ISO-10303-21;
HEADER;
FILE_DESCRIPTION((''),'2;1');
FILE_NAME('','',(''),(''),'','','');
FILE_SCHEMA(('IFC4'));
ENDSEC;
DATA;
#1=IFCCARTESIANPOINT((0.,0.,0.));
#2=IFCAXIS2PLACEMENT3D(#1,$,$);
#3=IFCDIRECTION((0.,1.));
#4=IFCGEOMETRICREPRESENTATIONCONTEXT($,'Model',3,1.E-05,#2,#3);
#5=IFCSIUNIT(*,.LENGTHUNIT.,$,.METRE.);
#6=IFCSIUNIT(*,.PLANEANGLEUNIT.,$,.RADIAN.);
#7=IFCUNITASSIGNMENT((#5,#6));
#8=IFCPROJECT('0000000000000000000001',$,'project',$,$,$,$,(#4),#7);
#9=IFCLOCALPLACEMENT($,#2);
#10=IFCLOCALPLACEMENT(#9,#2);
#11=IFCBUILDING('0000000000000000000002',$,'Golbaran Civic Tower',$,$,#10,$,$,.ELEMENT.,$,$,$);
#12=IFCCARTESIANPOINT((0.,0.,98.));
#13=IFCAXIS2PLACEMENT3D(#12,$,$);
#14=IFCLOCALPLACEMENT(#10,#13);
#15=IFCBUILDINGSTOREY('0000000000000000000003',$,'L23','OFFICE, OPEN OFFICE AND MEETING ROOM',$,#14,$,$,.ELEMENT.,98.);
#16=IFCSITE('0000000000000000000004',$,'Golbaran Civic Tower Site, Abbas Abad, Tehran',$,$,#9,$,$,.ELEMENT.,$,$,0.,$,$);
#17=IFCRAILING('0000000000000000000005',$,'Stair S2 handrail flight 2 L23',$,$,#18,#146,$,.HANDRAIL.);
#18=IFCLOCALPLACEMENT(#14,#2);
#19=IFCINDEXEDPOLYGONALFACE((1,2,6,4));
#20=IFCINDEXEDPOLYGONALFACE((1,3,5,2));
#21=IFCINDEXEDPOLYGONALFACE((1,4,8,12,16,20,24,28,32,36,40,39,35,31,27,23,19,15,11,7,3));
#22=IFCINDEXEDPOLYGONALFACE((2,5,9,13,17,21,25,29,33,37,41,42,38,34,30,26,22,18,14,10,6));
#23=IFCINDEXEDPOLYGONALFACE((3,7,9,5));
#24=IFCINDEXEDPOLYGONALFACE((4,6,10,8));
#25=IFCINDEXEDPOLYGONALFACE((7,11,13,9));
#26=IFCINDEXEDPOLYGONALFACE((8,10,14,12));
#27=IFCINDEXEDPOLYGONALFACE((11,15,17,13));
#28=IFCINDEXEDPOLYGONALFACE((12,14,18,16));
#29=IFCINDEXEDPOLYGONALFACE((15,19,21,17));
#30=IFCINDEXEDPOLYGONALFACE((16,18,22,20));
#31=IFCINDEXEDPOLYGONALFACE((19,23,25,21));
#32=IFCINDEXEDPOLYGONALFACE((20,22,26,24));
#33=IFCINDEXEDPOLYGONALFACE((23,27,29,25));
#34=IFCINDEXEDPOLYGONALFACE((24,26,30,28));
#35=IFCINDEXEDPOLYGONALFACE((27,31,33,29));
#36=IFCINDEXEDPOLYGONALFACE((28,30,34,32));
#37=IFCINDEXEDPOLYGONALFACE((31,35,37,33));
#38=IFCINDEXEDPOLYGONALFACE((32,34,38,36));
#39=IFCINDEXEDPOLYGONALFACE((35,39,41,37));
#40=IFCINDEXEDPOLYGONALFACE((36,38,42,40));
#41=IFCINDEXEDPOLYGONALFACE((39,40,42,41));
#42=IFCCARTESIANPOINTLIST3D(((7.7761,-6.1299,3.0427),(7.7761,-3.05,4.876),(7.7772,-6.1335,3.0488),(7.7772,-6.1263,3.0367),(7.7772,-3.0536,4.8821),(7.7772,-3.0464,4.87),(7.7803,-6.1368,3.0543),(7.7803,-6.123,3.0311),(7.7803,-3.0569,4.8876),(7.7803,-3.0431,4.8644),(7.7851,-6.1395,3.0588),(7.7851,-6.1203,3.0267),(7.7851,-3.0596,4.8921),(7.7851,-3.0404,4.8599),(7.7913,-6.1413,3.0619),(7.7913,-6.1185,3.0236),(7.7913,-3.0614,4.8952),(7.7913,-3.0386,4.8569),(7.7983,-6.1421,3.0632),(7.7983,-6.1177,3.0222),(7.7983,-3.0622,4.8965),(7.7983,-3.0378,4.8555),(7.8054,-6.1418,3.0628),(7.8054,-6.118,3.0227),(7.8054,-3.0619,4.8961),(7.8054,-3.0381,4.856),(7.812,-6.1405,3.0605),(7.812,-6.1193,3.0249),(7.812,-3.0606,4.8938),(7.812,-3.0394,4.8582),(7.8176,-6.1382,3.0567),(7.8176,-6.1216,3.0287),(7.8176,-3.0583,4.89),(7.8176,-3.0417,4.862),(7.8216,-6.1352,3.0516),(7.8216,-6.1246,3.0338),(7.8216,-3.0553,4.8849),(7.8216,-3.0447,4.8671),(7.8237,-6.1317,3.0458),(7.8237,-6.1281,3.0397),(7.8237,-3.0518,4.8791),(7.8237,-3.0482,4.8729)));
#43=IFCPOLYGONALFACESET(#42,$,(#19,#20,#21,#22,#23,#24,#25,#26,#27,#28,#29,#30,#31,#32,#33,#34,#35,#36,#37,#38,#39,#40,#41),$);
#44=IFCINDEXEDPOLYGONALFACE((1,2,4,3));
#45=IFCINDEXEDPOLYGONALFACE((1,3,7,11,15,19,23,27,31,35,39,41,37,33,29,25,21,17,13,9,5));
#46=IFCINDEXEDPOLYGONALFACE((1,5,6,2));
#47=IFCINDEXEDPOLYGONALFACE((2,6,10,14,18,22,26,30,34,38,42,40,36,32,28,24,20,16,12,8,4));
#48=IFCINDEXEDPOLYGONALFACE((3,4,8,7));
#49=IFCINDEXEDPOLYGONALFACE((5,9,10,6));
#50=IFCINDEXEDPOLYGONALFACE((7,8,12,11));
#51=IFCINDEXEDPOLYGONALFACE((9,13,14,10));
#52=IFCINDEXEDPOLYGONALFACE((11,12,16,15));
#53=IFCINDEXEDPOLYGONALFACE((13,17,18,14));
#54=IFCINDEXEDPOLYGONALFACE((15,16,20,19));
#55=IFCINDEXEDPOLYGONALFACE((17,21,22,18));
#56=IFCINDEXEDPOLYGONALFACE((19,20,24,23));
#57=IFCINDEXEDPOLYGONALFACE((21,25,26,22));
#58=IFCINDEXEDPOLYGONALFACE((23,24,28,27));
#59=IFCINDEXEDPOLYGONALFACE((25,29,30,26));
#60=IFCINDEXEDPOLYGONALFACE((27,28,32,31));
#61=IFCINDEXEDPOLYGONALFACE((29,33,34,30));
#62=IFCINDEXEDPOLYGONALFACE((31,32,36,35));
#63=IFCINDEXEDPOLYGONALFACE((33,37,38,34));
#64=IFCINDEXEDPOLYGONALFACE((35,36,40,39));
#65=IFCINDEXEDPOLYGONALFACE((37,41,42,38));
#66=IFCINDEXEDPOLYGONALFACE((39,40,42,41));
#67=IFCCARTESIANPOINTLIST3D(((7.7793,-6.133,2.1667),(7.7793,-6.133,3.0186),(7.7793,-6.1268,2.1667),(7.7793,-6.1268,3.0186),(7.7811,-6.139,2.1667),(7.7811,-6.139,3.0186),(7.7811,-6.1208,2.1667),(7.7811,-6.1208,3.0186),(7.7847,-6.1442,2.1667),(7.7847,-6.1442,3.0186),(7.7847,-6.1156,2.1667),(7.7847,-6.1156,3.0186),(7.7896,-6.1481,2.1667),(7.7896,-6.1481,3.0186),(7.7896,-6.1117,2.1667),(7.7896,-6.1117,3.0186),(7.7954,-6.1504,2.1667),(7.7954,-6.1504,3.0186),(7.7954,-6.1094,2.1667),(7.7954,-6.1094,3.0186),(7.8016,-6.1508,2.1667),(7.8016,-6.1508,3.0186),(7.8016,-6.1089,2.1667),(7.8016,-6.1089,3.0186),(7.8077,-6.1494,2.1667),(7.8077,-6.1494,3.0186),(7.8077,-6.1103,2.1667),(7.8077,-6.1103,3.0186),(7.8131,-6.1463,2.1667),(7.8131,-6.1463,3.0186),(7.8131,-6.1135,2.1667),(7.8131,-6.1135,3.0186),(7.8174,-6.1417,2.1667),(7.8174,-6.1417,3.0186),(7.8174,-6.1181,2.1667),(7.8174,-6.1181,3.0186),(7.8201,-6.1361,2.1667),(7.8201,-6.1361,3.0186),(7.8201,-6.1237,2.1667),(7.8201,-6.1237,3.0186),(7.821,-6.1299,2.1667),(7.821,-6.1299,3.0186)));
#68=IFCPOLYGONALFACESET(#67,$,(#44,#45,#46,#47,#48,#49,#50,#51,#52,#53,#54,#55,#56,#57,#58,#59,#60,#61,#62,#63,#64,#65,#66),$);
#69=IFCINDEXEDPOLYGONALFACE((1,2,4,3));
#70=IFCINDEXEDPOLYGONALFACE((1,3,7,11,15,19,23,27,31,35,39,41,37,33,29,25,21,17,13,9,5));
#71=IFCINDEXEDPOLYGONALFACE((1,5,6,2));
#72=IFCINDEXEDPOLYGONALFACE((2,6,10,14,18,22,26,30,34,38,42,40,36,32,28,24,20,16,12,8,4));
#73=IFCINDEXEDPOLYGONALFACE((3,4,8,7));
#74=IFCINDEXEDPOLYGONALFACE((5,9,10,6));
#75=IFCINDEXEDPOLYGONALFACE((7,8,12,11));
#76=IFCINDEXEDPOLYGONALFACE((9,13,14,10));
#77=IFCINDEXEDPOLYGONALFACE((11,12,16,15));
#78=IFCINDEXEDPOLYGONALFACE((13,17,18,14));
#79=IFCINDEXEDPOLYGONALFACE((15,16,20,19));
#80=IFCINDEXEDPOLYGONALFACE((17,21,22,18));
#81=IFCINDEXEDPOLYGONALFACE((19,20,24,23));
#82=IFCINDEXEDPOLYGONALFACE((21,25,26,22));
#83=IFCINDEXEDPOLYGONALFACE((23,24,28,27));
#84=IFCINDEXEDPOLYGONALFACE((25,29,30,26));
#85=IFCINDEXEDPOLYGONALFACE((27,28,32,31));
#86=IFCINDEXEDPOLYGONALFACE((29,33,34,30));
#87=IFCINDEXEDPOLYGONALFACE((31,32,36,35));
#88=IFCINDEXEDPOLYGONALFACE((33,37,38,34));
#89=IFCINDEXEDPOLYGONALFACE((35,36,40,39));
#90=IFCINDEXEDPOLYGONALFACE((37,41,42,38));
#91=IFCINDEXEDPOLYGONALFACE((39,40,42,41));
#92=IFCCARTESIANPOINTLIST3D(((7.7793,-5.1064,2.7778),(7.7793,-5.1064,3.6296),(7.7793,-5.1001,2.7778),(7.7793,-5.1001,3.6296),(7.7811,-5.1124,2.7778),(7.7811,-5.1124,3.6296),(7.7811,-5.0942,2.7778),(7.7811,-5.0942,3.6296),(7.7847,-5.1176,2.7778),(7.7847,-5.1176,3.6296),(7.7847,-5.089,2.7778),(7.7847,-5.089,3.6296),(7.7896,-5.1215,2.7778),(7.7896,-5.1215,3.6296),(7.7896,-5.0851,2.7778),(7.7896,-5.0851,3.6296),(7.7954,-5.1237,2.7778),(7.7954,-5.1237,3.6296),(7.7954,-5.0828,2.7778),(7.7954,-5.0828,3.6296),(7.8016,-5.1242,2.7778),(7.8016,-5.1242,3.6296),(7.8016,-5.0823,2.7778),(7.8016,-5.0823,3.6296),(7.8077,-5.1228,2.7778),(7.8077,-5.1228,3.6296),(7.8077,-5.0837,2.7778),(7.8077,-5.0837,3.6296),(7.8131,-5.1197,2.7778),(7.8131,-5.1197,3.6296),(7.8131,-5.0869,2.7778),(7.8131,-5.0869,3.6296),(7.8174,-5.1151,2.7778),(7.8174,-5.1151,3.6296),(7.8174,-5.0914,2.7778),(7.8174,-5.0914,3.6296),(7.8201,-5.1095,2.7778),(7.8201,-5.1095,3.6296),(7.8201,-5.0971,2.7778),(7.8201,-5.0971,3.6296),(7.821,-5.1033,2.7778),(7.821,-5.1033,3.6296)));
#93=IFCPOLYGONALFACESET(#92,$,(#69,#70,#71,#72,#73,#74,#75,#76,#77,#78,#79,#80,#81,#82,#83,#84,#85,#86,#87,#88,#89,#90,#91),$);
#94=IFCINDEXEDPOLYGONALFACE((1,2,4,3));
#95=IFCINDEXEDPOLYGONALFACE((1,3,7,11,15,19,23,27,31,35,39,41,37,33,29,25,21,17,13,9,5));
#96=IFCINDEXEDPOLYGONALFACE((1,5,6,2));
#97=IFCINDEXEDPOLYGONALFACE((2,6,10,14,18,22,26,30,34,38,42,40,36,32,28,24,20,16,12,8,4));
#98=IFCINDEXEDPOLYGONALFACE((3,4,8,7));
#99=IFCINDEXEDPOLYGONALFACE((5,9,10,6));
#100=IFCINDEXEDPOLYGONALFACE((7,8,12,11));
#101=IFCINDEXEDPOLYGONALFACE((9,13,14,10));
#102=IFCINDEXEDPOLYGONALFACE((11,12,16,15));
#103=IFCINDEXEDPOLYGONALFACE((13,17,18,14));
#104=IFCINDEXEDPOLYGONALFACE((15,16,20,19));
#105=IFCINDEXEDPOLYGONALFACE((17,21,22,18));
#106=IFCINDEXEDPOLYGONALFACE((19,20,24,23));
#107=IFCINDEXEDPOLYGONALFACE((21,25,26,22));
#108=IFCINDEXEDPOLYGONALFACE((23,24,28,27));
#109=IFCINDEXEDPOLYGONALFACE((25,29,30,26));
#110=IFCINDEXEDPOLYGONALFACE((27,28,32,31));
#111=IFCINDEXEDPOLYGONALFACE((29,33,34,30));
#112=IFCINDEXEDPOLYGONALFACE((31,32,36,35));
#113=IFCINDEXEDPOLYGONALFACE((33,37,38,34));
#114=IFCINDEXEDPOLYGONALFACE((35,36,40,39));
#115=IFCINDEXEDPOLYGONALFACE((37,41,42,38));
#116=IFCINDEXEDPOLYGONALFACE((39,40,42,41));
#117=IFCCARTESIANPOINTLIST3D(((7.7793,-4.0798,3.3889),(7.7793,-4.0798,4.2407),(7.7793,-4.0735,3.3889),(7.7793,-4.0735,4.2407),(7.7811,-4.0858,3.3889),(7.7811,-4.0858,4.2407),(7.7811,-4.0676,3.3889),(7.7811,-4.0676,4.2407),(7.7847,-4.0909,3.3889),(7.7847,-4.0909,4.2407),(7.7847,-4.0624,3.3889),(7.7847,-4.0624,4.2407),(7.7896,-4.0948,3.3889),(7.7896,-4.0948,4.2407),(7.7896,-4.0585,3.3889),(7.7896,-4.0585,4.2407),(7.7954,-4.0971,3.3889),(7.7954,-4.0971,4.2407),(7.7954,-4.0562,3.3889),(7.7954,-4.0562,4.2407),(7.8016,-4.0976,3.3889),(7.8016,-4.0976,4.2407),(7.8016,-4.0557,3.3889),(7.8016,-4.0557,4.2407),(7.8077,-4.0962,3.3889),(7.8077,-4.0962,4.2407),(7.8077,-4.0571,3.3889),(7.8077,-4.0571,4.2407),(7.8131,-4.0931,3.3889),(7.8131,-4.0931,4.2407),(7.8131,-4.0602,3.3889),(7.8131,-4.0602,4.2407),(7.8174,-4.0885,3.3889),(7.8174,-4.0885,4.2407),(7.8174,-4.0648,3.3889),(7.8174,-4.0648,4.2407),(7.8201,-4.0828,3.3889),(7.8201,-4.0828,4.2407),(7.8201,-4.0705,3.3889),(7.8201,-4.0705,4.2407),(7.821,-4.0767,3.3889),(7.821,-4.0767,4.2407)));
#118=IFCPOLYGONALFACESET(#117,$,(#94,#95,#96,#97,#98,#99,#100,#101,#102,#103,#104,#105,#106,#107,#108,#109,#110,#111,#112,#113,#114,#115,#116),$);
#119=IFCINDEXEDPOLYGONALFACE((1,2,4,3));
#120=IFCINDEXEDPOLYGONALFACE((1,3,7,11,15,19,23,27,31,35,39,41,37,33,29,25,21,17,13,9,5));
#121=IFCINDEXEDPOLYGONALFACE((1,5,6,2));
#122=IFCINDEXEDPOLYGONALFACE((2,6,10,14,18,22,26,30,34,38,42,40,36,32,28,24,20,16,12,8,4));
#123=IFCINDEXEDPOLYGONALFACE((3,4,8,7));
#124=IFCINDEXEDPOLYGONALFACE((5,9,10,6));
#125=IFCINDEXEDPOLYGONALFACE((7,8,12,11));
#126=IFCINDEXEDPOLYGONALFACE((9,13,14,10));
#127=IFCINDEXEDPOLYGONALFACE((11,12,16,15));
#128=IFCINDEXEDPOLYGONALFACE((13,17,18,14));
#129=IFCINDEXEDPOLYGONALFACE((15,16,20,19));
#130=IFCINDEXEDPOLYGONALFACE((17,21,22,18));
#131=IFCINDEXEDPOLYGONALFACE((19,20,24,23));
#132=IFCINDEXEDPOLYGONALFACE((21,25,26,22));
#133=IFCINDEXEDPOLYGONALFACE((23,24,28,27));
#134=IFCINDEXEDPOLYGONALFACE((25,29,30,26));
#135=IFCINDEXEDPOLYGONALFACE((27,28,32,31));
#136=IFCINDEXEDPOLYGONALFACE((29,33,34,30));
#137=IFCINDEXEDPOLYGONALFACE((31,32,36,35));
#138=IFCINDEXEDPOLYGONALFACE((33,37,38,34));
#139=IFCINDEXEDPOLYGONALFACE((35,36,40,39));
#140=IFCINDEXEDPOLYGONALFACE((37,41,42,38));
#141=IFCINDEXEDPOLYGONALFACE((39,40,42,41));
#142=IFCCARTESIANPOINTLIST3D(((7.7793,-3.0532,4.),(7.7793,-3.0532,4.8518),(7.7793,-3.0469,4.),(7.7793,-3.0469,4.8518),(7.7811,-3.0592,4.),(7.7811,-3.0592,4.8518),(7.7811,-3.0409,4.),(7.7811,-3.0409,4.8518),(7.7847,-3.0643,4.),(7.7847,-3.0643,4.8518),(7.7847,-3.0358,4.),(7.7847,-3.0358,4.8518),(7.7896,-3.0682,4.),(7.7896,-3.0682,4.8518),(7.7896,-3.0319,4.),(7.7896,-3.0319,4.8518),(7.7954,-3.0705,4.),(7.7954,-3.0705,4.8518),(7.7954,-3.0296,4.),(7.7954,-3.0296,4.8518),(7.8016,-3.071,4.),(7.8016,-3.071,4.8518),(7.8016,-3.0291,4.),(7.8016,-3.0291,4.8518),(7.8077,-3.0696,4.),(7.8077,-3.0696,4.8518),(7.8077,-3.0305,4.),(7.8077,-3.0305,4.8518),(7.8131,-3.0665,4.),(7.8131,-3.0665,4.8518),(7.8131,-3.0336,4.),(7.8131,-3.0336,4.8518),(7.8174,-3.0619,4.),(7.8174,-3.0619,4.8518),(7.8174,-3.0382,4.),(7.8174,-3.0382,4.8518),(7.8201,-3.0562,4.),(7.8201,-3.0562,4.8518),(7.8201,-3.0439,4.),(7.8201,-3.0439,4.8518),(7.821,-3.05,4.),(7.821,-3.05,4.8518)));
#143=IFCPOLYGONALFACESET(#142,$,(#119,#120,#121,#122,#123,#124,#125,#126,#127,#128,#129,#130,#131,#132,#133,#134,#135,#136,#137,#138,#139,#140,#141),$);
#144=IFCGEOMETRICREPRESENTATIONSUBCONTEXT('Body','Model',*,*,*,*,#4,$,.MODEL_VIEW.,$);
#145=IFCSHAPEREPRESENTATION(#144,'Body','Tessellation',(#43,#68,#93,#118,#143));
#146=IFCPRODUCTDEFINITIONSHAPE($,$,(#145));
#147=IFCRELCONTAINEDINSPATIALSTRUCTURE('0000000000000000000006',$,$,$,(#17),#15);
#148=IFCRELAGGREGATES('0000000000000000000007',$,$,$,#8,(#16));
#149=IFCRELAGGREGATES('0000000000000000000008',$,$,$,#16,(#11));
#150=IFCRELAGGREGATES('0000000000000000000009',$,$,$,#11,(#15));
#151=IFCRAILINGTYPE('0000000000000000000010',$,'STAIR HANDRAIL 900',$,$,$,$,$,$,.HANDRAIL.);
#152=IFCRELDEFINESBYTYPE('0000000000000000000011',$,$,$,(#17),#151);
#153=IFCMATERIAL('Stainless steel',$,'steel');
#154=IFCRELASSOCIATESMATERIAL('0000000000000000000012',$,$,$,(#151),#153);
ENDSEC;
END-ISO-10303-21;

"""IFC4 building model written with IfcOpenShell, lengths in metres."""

from ifc_helpers import new_model, si_unit, direction, frame, origin, origin_2d, place, context, subcontext, project, spatial, circle, extrude, material, type_object, element, save


model = new_model("IFC4")

# Units and contexts
model_context = context("Model", 3, precision=1e-05, world=origin(), true_north=direction((0.0, 1.0)))
body_context = subcontext(model_context, "Body", "Model", "MODEL_VIEW")
ifc_project = project(units=[si_unit("LENGTHUNIT", "METRE"), si_unit("PLANEANGLEUNIT", "RADIAN")], contexts=[model_context])

# Site, building, storey
site_placement = place(None, origin())
site = spatial("IfcSite", under=ifc_project, at=site_placement, Name="Golbaran Civic Tower Site, Abbas Abad, Tehran", CompositionType="ELEMENT", RefElevation=0.0)
building_placement = place(site_placement, origin())
building = spatial("IfcBuilding", under=site, at=building_placement, Name="Golbaran Civic Tower", CompositionType="ELEMENT")
storey_placement = place(building_placement, frame((0.0, 0.0, 98.0)))
storey = spatial("IfcBuildingStorey", under=building, at=storey_placement, Name="L23", Description="OFFICE, OPEN OFFICE AND MEETING ROOM", CompositionType="ELEMENT", Elevation=98.0)

# Shared definitions
ifc_material_1 = material(Name="Stainless steel", Category="steel")

# Railing
railing_type = type_object("IfcRailingType", Name="STAIR HANDRAIL 900", PredefinedType="HANDRAIL", material=ifc_material_1)
railing_1_placement = place(storey_placement, frame((7.8, -6.1299, 2.1667)))
element("IfcRailing", 1, at=railing_1_placement, inside=storey, type_object=railing_type, Name="Stair S2 handrail flight 2 L23", PredefinedType="HANDRAIL", context=body_context, shape_type="SweptSolid", body=[
    extrude(circle(Radius=0.0239, at=origin_2d()), frame((0.0, 0.0, 0.876), z_axis=(0.0, 0.859291, 0.511487), x_axis=(-1.0, 0.0, 0.0)), (0.0, 0.0, 1.0), 3.5842),
    extrude(circle(Radius=0.021, at=origin_2d()), origin(), (0.0, 0.0, 1.0), 0.8518),
    extrude(circle(Radius=0.021, at=origin_2d()), frame((0.0, 1.0266, 0.6111)), (0.0, 0.0, 1.0), 0.8518),
    extrude(circle(Radius=0.021, at=origin_2d()), frame((0.0, 2.0532, 1.2222)), (0.0, 0.0, 1.0), 0.8518),
    extrude(circle(Radius=0.021, at=origin_2d()), frame((0.0, 3.0798, 1.8333)), (0.0, 0.0, 1.0), 0.8518),
])

save(model, "model.ifc")
